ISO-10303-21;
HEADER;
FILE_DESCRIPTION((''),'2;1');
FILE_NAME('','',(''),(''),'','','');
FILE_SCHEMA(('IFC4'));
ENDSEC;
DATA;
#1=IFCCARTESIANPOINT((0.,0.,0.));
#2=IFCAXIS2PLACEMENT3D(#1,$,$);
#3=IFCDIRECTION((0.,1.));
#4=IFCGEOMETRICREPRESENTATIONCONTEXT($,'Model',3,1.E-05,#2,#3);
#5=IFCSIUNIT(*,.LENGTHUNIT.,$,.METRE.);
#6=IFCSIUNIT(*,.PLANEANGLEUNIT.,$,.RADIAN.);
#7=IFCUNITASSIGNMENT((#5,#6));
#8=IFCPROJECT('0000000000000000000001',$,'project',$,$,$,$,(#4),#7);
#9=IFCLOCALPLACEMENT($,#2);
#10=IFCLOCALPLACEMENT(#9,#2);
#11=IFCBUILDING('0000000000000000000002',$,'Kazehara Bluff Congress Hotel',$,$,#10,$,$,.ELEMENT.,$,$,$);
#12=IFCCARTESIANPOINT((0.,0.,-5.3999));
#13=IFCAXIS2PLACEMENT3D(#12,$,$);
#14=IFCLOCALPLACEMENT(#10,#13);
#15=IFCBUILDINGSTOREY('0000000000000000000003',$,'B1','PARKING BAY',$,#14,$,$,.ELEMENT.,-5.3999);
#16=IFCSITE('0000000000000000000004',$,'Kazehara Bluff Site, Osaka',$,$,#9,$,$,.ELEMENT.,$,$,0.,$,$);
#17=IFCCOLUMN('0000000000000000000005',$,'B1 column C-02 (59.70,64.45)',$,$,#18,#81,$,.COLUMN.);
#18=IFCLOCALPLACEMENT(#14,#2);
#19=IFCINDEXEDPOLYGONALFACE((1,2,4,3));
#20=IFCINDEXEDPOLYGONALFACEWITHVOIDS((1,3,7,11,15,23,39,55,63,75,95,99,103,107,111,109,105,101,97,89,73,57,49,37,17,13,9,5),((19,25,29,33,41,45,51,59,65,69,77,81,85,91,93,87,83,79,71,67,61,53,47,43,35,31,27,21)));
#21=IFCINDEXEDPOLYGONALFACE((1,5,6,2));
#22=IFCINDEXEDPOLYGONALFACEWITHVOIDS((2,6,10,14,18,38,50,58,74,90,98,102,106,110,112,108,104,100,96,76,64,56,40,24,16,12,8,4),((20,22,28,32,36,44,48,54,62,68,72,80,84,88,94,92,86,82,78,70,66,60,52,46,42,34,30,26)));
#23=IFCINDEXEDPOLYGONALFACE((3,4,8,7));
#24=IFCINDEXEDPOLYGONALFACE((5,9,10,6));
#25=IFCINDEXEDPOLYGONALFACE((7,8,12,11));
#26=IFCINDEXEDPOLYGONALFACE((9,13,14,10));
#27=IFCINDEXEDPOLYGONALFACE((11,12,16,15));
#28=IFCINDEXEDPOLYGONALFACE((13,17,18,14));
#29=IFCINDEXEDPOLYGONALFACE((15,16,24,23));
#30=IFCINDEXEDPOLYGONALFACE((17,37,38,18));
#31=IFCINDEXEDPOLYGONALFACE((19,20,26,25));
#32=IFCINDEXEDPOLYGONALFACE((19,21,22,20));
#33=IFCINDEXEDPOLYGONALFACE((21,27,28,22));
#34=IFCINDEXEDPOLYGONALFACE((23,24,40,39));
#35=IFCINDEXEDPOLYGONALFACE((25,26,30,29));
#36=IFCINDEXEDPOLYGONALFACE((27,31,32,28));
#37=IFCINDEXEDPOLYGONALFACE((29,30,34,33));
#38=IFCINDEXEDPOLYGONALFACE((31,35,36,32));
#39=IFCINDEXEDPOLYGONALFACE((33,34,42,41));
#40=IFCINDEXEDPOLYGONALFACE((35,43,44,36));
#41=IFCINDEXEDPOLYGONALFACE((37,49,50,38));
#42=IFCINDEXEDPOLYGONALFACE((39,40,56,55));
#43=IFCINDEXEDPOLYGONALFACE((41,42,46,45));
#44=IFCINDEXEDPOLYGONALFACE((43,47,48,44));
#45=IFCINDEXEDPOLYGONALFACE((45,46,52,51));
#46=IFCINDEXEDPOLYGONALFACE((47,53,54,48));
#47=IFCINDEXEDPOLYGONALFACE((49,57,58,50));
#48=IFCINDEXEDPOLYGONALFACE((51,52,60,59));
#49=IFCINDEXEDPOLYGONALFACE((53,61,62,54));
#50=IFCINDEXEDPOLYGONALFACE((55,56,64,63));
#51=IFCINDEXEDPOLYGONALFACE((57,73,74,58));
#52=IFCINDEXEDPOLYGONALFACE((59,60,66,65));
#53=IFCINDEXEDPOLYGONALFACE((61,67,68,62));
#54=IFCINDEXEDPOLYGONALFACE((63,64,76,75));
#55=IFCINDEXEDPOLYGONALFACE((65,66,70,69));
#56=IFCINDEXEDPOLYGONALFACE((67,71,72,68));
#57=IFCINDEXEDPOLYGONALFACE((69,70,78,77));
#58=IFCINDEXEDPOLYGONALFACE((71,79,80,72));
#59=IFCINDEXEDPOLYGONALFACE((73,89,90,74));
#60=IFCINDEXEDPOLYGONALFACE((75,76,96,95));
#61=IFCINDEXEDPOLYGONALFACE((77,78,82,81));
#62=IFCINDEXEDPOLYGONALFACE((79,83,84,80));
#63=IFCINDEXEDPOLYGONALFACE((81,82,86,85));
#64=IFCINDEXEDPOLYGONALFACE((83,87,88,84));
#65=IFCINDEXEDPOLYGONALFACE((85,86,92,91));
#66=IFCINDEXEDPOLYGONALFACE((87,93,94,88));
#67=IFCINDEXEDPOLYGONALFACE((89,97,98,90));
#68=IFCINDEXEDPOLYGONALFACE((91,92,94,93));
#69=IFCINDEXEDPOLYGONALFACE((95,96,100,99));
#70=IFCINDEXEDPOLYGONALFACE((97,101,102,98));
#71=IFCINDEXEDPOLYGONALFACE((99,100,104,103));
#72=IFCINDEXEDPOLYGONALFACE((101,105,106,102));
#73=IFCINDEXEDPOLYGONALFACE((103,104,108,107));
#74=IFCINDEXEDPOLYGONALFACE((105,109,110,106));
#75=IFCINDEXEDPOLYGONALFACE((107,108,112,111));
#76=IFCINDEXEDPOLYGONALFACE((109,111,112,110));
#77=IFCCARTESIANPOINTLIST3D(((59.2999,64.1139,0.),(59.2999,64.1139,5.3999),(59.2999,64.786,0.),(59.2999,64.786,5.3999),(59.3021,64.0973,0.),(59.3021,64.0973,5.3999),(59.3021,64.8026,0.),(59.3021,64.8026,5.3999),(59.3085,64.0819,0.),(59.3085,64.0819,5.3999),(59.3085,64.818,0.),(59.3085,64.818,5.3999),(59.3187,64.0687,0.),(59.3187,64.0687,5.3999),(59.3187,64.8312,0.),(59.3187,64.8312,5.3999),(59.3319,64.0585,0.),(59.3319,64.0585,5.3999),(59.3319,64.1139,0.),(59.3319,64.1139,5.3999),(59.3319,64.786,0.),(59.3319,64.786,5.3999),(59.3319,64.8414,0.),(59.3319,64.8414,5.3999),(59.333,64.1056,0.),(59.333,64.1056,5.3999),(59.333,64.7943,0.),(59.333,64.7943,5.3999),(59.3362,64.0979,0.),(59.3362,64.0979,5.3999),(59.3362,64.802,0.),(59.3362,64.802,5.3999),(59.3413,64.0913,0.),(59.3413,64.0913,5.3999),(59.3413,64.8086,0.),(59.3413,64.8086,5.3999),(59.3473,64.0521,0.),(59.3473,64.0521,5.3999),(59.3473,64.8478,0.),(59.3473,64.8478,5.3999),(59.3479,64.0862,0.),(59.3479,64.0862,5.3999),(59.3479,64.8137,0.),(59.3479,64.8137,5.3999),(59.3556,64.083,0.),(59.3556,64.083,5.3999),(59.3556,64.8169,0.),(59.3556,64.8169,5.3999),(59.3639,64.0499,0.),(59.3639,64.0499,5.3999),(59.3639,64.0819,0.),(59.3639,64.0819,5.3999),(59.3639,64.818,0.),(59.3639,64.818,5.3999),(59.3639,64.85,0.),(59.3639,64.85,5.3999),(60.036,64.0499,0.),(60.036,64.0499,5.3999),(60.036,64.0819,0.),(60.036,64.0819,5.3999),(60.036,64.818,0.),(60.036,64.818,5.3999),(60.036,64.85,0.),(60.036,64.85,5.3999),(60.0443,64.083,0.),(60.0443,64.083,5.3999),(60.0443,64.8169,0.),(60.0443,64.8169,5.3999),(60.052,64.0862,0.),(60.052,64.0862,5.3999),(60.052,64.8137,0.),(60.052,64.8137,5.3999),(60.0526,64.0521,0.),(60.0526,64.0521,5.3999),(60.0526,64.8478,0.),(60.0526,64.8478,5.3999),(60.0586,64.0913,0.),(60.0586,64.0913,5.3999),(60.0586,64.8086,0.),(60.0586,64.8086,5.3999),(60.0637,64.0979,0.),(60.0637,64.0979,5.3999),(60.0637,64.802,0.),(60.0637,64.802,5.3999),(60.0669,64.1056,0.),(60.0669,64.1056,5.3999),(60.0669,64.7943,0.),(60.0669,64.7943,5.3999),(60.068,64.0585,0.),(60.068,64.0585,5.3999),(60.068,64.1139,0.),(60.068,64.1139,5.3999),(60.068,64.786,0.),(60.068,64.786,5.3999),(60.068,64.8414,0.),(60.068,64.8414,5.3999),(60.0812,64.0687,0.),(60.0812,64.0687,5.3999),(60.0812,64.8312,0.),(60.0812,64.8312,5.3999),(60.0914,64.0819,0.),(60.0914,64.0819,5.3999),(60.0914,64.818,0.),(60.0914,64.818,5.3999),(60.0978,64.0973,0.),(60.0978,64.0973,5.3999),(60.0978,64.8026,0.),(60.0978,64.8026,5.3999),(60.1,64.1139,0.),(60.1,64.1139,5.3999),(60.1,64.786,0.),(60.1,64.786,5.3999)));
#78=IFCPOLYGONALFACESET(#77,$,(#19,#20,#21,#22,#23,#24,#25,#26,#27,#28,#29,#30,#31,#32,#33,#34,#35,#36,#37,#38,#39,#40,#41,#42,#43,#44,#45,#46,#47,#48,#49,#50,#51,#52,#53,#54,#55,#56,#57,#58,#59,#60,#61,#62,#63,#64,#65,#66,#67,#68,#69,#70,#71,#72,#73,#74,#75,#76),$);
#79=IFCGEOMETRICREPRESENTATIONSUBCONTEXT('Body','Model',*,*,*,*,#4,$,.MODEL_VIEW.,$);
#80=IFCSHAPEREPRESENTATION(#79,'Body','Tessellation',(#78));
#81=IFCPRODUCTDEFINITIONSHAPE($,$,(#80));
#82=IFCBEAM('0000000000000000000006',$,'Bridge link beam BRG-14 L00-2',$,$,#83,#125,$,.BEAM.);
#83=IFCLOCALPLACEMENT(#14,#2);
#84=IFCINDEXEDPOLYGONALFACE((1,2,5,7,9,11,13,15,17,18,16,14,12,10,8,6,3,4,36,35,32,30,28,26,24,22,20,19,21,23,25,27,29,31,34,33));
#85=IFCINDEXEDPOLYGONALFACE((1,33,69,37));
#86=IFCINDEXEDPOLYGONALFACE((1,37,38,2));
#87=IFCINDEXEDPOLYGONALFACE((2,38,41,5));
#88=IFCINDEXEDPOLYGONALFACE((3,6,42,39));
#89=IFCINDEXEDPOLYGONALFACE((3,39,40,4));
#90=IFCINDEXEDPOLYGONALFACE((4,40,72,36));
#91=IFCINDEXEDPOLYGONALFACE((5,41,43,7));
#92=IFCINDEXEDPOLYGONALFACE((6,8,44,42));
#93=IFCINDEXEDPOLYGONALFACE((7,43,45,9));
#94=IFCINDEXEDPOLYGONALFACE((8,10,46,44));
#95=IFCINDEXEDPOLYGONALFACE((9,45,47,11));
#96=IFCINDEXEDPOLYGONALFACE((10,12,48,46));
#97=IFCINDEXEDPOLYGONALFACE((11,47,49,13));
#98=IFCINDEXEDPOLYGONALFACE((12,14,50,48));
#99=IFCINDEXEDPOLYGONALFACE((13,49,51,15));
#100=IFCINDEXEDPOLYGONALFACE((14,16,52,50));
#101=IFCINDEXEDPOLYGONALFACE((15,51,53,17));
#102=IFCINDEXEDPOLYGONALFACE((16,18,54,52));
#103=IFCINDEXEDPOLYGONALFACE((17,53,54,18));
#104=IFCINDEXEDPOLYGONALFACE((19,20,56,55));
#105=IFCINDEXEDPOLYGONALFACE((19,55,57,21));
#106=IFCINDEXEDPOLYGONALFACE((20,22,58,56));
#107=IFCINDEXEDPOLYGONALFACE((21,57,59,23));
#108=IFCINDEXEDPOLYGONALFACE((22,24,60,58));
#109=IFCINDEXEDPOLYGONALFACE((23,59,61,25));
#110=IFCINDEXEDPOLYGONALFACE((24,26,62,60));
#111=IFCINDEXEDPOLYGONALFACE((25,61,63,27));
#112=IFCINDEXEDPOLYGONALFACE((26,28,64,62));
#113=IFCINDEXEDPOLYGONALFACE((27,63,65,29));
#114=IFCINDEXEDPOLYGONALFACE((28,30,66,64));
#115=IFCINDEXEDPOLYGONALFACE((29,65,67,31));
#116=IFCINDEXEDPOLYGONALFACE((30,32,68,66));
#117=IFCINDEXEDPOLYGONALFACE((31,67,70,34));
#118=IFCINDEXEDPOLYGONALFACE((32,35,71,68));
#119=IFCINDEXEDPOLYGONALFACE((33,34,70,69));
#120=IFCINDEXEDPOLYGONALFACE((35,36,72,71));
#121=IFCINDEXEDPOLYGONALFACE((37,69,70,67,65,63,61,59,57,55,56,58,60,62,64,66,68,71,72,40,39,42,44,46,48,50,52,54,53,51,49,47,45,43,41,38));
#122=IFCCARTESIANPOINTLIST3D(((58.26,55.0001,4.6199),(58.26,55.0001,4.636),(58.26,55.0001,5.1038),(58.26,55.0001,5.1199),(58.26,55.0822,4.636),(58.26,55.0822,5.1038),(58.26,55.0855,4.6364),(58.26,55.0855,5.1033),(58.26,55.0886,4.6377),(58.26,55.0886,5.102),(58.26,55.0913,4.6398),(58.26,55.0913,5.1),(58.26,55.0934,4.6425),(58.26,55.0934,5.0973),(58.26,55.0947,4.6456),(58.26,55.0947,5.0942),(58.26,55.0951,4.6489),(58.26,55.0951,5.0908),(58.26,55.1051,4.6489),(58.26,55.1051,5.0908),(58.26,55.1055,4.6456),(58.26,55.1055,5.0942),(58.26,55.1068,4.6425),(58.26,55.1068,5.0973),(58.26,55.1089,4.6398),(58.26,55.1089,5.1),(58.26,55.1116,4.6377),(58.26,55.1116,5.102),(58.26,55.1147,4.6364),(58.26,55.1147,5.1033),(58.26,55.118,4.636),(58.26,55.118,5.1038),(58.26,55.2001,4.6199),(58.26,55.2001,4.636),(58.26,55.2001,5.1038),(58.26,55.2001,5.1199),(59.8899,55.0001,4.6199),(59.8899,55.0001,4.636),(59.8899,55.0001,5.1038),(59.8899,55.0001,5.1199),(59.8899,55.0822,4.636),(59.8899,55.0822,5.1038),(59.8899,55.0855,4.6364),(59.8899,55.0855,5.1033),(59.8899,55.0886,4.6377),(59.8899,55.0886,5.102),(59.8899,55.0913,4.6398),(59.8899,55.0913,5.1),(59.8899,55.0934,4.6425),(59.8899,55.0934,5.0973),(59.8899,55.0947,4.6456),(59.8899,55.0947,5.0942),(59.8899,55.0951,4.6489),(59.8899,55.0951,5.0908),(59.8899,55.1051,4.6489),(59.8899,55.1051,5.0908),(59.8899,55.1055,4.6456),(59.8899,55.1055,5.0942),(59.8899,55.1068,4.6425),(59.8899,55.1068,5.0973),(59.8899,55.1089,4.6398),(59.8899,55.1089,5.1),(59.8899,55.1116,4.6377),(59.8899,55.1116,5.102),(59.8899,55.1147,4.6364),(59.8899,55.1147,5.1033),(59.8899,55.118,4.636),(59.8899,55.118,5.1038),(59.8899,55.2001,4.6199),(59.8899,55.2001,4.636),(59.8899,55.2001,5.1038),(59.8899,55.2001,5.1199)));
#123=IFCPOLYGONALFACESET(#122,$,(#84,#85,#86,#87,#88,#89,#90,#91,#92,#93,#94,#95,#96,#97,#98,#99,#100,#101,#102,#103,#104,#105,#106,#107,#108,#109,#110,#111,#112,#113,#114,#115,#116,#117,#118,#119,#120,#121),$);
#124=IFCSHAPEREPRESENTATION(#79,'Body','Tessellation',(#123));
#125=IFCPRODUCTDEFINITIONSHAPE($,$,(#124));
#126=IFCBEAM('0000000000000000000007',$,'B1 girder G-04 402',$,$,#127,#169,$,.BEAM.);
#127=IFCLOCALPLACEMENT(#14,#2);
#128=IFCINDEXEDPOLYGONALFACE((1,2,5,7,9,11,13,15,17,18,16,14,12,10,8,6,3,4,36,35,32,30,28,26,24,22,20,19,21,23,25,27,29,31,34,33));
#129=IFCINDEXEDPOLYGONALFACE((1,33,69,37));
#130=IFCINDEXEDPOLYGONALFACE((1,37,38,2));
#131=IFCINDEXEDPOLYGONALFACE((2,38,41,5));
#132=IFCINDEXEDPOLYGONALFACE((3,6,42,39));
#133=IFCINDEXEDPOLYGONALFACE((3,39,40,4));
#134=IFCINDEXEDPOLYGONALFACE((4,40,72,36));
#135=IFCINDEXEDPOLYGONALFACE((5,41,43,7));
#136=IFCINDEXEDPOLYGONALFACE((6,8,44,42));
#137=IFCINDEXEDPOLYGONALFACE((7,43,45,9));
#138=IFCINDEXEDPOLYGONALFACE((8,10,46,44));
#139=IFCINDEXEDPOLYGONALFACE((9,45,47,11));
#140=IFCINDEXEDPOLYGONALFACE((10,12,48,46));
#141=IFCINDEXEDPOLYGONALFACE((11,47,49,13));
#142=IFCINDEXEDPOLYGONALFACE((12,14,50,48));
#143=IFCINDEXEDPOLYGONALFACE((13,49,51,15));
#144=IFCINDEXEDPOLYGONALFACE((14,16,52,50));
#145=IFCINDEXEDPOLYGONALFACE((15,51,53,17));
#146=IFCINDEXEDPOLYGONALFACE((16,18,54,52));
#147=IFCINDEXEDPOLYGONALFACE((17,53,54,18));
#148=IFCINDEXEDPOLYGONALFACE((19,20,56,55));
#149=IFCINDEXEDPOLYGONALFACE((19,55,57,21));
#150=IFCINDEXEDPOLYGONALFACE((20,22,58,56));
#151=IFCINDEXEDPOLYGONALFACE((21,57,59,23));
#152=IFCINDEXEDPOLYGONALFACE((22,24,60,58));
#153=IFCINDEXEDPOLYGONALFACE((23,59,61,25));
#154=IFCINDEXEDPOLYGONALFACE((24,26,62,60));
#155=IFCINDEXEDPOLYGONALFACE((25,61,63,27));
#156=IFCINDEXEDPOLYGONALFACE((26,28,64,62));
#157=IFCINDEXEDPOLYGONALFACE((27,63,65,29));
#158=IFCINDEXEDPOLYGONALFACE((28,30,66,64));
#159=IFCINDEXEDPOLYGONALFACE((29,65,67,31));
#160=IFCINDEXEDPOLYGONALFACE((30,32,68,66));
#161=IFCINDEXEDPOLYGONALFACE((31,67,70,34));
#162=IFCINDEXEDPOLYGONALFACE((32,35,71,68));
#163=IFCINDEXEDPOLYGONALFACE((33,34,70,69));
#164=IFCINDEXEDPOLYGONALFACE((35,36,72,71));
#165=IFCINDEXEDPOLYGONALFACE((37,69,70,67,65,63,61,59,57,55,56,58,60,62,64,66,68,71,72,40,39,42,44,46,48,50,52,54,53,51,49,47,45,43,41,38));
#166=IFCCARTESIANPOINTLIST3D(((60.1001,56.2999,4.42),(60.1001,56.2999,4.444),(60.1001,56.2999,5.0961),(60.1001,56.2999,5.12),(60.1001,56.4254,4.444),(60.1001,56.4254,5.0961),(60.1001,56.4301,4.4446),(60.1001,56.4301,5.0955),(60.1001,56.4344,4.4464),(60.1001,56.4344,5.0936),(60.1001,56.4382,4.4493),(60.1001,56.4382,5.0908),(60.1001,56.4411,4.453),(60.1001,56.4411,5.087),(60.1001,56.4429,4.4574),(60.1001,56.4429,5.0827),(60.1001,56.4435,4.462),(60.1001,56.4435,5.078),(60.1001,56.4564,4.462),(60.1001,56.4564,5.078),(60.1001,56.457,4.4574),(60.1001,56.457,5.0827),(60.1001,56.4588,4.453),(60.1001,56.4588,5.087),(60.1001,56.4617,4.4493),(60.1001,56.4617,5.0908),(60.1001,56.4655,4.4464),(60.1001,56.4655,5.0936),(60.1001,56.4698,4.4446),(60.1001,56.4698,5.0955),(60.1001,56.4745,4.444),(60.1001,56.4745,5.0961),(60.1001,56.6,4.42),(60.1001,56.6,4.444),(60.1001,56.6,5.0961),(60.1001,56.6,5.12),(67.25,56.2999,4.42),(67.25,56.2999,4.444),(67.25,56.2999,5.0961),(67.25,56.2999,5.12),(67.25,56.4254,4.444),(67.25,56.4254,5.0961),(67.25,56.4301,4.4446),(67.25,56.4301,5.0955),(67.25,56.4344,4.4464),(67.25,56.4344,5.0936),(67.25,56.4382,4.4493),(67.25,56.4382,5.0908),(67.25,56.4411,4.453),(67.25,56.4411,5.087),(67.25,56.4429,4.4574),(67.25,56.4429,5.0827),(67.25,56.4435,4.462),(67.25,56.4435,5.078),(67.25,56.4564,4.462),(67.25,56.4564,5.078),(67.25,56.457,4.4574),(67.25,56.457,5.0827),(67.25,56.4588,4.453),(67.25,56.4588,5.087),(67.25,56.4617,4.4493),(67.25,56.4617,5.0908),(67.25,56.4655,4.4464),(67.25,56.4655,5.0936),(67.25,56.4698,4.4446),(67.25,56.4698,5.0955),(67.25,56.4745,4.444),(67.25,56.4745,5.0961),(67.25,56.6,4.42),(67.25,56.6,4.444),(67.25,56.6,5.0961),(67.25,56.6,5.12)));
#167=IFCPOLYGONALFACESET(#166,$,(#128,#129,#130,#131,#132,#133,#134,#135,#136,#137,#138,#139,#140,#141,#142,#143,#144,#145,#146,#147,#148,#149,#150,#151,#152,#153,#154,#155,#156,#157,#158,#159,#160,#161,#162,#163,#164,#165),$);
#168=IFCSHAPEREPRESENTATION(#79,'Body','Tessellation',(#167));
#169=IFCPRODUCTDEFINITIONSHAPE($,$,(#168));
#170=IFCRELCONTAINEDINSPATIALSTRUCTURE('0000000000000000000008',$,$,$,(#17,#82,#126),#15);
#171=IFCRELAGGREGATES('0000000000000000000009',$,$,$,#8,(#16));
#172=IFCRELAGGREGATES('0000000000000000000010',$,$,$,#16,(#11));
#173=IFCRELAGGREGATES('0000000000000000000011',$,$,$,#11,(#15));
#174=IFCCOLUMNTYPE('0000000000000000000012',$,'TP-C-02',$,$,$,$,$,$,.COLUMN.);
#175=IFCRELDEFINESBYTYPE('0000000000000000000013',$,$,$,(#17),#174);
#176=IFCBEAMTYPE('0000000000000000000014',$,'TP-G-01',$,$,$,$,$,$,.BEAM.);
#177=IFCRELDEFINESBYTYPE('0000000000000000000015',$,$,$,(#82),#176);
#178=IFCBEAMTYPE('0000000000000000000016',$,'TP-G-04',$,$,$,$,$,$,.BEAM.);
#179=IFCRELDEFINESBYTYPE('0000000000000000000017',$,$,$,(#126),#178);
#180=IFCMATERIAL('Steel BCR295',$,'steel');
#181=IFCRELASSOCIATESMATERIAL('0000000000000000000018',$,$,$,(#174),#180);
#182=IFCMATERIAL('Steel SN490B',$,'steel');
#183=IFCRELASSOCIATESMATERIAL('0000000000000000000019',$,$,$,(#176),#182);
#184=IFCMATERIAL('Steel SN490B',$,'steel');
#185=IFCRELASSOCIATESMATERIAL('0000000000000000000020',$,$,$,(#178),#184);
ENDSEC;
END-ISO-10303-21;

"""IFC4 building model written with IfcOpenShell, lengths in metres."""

from ifc_helpers import new_model, si_unit, direction, frame, origin, origin_2d, place, context, subcontext, project, spatial, hollow_rectangle, i_section, extrude, material, material_profile, profile_set, type_object, element, save


model = new_model("IFC4")

# Units and contexts
model_context = context("Model", 3, precision=1e-05, world=origin(), true_north=direction((0.0, 1.0)))
body_context = subcontext(model_context, "Body", "Model", "MODEL_VIEW")
ifc_project = project(units=[si_unit("LENGTHUNIT", "METRE"), si_unit("PLANEANGLEUNIT", "RADIAN")], contexts=[model_context])

# Site, building, storey
site_placement = place(None, origin())
site = spatial("IfcSite", under=ifc_project, at=site_placement, Name="Kazehara Bluff Site, Osaka", CompositionType="ELEMENT", RefElevation=0.0)
building_placement = place(site_placement, origin())
building = spatial("IfcBuilding", under=site, at=building_placement, Name="Kazehara Bluff Congress Hotel", CompositionType="ELEMENT")
storey_placement = place(building_placement, frame((0.0, 0.0, -5.3999)))
storey = spatial("IfcBuildingStorey", under=building, at=storey_placement, Name="B1", Description="PARKING BAY", CompositionType="ELEMENT", Elevation=-5.3999)

# Column
ifc_material_1 = material(Name="Steel BCR295", Category="steel")
ifc_material_profile_1 = material_profile(ifc_material_1, hollow_rectangle(XDim=0.8, YDim=0.8, WallThickness=0.032, InnerFilletRadius=0.032, OuterFilletRadius=0.064, at=origin_2d()))
ifc_profile_set_1 = profile_set([ifc_material_profile_1], Name="Steel BCR295")
column_type_1 = type_object("IfcColumnType", Name="TP-C-02", PredefinedType="COLUMN", material=ifc_profile_set_1)
for number, where, z_axis, x_axis, name in (
    (1, (59.7, 64.45, 0.0), (0.0, 0.0, 1.0), (1.0, 0.0, 0.0), "B1 column C-02 (59.70,64.45)"),
):
    element("IfcColumn", number, at=place(storey_placement, frame(where, z_axis=z_axis, x_axis=x_axis)), inside=storey, type_object=column_type_1, Name=name, PredefinedType="COLUMN", context=body_context, shape_type="SweptSolid", body=[
        extrude(hollow_rectangle(XDim=0.8, YDim=0.8, WallThickness=0.032, InnerFilletRadius=0.032, OuterFilletRadius=0.064, at=origin_2d()), origin(), (0.0, 0.0, 1.0), 5.3999),
    ])

# Beams
ifc_material_2 = material(Name="Steel SN490B", Category="steel")
ifc_material_profile_2 = material_profile(ifc_material_2, i_section(OverallWidth=0.2, OverallDepth=0.5, WebThickness=0.01, FlangeThickness=0.0161, FilletRadius=0.0129, at=origin_2d()))
ifc_profile_set_2 = profile_set([ifc_material_profile_2], Name="Steel SN490B")
beam_type_1 = type_object("IfcBeamType", Name="TP-G-01", PredefinedType="BEAM", material=ifc_profile_set_2)
beam_1_placement = place(storey_placement, frame((58.26, 55.1001, 4.8699), z_axis=(1.0, 0.0, 0.0), x_axis=(0.0, 1.0, 0.0)))
element("IfcBeam", 2, at=beam_1_placement, inside=storey, type_object=beam_type_1, Name="Bridge link beam BRG-14 L00-2", PredefinedType="BEAM", context=body_context, shape_type="SweptSolid", body=[
    extrude(i_section(OverallWidth=0.2, OverallDepth=0.5, WebThickness=0.01, FlangeThickness=0.0161, FilletRadius=0.0129, at=origin_2d()), origin(), (0.0, 0.0, 1.0), 1.6299),
])
ifc_material_3 = material(Name="Steel SN490B", Category="steel")
ifc_material_profile_3 = material_profile(ifc_material_3, i_section(OverallWidth=0.3, OverallDepth=0.7, WebThickness=0.0129, FlangeThickness=0.0239, FilletRadius=0.0181, at=origin_2d()))
ifc_profile_set_3 = profile_set([ifc_material_profile_3], Name="Steel SN490B")
beam_type_2 = type_object("IfcBeamType", Name="TP-G-04", PredefinedType="BEAM", material=ifc_profile_set_3)
for number, where, z_axis, x_axis, name in (
    (3, (60.1001, 56.45, 4.77), (1.0, 0.0, 0.0), (0.0, 1.0, 0.0), "B1 girder G-04 402"),
):
    element("IfcBeam", number, at=place(storey_placement, frame(where, z_axis=z_axis, x_axis=x_axis)), inside=storey, type_object=beam_type_2, Name=name, PredefinedType="BEAM", context=body_context, shape_type="SweptSolid", body=[
        extrude(i_section(OverallWidth=0.3, OverallDepth=0.7, WebThickness=0.0129, FlangeThickness=0.0239, FilletRadius=0.0181, at=origin_2d()), origin(), (0.0, 0.0, 1.0), 7.1499),
    ])

save(model, "model.ifc")
